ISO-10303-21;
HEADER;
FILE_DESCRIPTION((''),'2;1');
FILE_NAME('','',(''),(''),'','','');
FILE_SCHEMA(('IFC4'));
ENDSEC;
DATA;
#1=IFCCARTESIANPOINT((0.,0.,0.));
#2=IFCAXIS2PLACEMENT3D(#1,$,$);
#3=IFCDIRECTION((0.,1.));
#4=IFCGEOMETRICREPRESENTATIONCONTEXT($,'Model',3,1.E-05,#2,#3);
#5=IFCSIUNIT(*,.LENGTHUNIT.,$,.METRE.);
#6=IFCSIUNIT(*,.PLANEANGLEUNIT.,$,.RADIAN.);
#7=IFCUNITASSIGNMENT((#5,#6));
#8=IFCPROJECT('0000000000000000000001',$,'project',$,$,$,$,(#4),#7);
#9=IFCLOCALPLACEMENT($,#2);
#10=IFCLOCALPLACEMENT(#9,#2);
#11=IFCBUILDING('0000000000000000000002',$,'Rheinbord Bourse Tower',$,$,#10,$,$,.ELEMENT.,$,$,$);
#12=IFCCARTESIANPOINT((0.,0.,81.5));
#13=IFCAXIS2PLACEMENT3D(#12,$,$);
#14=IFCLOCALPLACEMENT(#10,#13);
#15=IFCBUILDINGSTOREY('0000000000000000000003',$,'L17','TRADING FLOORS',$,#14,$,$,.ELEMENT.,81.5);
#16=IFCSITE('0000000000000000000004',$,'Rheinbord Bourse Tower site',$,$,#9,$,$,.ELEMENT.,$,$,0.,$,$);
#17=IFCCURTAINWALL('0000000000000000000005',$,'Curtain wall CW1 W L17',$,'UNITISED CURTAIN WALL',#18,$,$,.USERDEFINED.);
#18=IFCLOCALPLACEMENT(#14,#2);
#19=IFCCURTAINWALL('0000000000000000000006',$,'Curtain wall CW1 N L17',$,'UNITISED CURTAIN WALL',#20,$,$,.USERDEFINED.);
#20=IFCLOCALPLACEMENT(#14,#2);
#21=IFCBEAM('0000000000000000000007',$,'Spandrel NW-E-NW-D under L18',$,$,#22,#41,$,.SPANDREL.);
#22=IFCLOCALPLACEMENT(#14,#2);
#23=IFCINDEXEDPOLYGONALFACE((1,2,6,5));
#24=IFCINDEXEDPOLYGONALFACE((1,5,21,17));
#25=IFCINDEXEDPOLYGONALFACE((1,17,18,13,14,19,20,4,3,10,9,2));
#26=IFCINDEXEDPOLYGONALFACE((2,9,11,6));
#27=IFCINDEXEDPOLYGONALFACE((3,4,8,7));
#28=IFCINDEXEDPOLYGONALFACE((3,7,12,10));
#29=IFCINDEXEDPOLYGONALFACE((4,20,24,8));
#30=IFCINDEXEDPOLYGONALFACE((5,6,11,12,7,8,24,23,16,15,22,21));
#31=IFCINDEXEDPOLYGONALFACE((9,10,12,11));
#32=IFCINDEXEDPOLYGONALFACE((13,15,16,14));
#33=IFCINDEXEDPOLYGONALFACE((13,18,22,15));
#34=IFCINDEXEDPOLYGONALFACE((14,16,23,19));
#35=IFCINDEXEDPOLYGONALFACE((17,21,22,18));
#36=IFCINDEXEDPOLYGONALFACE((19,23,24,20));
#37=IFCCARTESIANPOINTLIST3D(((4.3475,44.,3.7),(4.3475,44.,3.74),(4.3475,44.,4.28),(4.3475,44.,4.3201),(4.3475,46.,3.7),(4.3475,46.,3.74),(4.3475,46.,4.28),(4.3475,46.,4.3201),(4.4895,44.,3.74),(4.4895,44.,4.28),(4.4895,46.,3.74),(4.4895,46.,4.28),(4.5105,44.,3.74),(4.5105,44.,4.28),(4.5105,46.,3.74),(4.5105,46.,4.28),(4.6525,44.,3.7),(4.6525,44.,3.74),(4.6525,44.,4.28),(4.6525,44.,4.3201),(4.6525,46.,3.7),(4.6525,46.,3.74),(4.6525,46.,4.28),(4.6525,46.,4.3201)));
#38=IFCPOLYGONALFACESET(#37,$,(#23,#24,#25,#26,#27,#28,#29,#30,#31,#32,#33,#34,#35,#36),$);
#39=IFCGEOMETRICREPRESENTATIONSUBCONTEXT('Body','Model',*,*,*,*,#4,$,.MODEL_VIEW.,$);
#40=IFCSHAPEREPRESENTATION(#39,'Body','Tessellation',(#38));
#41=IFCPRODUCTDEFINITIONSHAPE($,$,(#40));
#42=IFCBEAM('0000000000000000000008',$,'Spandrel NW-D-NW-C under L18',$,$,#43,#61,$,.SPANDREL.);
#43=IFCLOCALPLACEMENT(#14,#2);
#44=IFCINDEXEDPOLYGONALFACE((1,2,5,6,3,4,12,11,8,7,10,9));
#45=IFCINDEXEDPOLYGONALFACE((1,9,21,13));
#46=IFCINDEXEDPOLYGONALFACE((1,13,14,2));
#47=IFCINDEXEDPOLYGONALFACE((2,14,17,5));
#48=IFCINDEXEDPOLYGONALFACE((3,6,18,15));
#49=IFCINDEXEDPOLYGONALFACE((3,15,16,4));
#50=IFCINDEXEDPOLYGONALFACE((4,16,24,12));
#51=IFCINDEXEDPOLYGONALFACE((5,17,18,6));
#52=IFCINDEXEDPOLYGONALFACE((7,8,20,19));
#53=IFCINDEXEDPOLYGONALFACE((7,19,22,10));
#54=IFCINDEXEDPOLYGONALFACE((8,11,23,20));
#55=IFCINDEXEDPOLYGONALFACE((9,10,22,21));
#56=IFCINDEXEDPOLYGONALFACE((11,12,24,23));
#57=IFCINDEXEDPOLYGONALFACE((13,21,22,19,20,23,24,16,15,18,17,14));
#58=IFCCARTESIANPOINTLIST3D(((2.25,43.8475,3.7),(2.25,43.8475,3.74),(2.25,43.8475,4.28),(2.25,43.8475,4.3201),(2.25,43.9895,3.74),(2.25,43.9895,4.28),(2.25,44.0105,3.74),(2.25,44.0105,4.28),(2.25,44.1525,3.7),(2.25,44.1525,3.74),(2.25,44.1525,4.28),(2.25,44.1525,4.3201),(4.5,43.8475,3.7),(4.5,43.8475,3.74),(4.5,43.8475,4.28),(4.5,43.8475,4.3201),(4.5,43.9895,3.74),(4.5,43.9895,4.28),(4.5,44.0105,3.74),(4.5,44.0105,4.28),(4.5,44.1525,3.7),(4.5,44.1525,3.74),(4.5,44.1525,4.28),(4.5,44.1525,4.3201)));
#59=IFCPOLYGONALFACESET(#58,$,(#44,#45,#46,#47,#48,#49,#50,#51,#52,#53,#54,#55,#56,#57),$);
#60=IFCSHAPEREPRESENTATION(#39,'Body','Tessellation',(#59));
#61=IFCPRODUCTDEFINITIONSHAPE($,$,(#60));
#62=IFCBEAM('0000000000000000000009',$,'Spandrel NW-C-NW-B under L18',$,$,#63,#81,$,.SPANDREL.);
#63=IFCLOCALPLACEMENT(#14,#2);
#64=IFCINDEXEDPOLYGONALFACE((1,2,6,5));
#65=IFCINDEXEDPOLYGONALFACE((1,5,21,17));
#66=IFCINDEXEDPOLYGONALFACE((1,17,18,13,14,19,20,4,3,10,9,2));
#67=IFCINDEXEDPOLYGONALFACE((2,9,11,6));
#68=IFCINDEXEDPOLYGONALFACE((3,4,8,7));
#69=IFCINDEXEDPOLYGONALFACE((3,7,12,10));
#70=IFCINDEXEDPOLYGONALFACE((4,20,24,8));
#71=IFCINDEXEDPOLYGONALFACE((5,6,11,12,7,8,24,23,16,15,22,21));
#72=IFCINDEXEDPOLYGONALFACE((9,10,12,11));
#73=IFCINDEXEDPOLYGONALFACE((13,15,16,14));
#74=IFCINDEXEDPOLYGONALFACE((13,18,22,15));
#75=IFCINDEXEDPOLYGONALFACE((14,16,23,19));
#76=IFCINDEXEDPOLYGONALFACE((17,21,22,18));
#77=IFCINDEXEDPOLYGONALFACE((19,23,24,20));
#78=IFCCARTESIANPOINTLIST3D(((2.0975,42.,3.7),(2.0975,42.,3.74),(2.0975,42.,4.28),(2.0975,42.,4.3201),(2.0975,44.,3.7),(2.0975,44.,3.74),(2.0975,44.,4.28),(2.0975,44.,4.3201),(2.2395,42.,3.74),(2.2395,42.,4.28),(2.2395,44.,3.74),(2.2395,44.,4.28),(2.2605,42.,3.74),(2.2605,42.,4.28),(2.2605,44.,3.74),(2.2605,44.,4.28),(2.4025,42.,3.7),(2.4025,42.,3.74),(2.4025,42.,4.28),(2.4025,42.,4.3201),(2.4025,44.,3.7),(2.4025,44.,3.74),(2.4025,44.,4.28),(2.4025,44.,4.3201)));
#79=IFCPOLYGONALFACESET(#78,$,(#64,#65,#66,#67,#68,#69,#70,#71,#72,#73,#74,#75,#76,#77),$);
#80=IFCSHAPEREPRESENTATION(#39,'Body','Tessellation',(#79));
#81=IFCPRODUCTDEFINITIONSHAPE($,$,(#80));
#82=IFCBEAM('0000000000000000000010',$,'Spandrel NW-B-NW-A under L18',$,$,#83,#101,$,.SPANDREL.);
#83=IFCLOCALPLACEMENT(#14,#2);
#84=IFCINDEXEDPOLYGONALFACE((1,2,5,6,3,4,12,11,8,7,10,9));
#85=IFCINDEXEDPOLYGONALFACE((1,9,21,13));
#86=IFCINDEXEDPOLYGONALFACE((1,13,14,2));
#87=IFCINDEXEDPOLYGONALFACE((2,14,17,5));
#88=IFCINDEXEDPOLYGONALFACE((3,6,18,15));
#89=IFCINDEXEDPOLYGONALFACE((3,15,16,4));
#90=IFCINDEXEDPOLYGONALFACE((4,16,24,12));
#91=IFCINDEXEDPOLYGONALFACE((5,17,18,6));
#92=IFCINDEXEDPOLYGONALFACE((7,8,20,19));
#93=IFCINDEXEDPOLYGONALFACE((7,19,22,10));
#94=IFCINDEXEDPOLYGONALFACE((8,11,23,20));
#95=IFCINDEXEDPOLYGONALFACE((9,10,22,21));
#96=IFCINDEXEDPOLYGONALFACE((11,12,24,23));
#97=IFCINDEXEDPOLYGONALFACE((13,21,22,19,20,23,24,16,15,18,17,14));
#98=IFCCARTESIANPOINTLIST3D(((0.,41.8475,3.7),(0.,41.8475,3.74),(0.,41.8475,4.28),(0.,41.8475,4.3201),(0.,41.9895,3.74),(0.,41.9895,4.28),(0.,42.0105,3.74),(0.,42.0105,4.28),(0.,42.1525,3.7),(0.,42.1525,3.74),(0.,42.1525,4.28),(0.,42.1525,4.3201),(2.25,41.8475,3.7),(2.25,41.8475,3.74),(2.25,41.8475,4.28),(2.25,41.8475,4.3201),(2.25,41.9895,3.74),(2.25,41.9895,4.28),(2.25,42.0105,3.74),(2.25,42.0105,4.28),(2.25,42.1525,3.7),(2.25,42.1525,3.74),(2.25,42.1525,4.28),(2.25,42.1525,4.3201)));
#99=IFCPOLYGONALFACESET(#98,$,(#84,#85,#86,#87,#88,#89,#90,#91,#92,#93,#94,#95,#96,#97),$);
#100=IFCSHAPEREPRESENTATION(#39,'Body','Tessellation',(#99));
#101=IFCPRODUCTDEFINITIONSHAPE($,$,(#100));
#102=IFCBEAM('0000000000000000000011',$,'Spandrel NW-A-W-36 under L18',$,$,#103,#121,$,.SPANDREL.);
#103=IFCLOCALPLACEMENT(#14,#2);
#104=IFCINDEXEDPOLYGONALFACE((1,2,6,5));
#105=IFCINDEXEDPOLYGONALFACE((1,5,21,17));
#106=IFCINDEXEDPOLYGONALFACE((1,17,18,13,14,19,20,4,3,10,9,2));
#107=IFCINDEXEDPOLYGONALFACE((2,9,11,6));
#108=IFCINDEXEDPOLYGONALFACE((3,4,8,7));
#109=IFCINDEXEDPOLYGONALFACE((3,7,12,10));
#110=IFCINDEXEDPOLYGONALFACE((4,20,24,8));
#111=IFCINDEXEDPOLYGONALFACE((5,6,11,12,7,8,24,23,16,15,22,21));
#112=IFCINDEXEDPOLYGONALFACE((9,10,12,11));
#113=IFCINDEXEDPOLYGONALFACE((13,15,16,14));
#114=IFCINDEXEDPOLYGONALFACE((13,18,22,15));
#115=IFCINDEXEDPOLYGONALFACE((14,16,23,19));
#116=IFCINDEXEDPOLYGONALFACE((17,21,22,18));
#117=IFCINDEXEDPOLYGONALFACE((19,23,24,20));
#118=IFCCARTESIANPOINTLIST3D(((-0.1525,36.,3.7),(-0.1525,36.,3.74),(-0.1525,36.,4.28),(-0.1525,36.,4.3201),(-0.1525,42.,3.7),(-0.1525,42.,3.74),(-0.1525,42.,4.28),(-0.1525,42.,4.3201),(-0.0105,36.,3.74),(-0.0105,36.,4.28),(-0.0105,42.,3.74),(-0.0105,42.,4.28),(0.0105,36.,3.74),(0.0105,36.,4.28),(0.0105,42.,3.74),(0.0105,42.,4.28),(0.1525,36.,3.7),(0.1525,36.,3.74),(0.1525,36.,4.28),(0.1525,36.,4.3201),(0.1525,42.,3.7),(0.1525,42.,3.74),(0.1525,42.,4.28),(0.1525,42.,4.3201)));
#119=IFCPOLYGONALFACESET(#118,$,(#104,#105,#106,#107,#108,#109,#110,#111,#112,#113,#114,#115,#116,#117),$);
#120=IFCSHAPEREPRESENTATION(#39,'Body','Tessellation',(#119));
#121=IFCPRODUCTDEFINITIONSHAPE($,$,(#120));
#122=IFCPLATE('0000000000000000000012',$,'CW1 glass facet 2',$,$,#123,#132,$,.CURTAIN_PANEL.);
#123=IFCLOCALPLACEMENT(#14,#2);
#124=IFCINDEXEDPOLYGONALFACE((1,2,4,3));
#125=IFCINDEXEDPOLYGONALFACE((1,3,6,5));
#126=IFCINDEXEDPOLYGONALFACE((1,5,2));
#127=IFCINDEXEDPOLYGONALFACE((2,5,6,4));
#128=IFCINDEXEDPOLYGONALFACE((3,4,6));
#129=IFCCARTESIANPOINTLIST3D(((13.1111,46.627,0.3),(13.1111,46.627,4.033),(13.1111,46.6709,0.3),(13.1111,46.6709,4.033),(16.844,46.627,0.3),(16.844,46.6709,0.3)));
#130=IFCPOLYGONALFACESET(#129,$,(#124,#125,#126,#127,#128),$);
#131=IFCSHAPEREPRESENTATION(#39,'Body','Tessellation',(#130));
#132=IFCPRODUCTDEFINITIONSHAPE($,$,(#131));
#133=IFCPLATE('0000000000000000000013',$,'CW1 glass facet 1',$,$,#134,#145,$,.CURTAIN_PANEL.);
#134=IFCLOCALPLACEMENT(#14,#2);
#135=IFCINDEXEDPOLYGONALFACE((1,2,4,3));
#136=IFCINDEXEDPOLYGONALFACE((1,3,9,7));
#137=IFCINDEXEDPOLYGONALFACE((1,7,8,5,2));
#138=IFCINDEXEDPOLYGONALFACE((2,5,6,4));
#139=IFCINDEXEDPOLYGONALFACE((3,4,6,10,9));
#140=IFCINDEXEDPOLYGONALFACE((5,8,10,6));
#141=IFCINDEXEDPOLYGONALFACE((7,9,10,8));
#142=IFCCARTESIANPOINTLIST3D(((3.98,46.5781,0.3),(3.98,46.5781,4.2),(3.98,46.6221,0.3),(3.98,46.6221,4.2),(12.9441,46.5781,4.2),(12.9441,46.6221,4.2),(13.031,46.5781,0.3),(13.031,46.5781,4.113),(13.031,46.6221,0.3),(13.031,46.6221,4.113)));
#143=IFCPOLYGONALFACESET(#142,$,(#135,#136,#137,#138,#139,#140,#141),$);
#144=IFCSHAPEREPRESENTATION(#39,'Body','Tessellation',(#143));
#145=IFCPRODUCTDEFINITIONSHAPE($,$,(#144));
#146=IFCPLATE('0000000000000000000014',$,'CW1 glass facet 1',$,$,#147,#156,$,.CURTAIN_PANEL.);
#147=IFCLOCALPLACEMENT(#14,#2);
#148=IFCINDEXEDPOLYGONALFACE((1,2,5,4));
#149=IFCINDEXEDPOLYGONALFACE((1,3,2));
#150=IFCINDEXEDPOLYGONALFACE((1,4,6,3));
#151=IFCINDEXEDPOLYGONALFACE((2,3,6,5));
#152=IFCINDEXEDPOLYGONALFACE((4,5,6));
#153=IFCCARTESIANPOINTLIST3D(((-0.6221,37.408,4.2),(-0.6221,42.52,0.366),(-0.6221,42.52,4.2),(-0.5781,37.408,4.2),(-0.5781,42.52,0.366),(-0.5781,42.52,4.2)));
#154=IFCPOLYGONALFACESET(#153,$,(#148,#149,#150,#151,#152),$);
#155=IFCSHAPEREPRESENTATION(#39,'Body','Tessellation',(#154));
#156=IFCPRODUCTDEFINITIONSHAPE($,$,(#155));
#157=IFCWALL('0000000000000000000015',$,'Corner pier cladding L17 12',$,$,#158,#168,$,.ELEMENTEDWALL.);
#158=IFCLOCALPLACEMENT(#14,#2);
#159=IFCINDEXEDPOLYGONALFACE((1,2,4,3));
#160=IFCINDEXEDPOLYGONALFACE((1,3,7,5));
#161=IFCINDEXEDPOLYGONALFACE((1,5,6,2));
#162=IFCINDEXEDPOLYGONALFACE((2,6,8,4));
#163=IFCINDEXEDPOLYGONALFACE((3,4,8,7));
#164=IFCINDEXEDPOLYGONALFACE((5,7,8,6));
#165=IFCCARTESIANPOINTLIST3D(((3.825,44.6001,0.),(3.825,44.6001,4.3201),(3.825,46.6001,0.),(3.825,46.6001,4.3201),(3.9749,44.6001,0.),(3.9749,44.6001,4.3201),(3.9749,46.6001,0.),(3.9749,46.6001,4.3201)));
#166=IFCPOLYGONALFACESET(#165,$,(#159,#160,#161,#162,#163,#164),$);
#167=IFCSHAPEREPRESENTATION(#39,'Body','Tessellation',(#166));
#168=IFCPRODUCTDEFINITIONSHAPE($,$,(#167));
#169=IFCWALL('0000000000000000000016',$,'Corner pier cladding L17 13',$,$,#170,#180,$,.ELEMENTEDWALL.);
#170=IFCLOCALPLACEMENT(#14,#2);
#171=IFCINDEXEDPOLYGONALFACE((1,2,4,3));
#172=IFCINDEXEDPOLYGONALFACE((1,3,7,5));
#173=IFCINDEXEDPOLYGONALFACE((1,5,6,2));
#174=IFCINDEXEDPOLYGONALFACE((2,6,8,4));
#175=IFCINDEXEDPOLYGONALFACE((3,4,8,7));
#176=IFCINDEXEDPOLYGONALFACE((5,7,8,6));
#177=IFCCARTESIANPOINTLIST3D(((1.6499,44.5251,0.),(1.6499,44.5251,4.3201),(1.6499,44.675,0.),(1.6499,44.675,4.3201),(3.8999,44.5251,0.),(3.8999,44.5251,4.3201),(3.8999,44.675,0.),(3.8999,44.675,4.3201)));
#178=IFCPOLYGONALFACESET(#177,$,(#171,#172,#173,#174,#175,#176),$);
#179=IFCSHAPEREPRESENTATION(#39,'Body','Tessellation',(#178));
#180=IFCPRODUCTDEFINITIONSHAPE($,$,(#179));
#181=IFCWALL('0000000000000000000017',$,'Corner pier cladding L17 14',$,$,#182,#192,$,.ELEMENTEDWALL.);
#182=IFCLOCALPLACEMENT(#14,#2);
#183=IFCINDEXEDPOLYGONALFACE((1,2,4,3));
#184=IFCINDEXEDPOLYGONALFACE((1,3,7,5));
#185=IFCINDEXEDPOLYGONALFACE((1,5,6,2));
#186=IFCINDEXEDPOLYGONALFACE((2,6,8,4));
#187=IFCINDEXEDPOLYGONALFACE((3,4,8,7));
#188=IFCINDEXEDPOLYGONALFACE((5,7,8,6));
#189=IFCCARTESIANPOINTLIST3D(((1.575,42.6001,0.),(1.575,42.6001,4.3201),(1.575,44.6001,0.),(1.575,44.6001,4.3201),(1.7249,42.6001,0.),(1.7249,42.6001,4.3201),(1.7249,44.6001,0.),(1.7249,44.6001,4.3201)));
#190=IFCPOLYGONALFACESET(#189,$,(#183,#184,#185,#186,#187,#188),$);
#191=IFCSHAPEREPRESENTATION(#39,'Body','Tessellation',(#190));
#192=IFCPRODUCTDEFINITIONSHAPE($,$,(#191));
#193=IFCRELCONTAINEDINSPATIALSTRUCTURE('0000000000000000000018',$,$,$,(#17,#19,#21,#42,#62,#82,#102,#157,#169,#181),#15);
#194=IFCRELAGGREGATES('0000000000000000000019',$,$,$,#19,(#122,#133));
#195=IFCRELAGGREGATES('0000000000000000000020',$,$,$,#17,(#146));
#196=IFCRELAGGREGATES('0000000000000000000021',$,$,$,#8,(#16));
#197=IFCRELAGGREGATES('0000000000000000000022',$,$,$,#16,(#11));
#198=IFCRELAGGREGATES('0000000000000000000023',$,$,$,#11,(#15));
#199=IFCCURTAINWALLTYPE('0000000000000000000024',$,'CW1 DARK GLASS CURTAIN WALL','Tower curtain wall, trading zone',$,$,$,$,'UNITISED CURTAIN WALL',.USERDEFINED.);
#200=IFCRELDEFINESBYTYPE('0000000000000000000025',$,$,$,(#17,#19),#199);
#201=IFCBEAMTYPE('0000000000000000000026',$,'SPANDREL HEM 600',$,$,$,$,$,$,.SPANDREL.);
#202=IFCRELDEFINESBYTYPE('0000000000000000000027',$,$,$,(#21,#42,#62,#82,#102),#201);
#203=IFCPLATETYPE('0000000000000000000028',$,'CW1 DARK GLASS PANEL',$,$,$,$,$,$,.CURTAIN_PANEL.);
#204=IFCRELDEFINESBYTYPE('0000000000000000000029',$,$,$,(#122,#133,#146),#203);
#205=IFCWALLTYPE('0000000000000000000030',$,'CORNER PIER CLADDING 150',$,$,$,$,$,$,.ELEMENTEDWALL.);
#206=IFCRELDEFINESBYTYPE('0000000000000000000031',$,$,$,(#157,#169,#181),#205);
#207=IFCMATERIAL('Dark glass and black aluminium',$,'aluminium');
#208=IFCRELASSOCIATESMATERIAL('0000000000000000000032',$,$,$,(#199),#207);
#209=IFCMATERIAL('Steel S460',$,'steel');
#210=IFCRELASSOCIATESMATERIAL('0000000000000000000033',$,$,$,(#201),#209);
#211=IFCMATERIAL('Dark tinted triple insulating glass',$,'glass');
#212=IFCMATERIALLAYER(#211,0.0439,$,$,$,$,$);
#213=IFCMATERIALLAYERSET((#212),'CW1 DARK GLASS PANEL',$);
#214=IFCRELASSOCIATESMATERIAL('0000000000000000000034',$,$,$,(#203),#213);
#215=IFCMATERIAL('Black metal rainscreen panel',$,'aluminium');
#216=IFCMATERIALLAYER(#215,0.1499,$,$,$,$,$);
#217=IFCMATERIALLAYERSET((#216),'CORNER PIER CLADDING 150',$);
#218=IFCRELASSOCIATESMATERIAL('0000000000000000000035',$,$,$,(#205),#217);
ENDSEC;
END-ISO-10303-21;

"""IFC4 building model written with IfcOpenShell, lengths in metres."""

from ifc_helpers import new_model, si_unit, direction, frame, frame_2d, origin, origin_2d, place, context, subcontext, project, spatial, polyline, rectangle, i_section, outline, extrude, material, layer, layer_set, material_profile, profile_set, type_object, element, aggregate, save


model = new_model("IFC4")

# Units and contexts
model_context = context("Model", 3, precision=1e-05, world=origin(), true_north=direction((0.0, 1.0)))
body_context = subcontext(model_context, "Body", "Model", "MODEL_VIEW")
ifc_project = project(units=[si_unit("LENGTHUNIT", "METRE"), si_unit("PLANEANGLEUNIT", "RADIAN")], contexts=[model_context])

# Site, building, storey
site_placement = place(None, origin())
site = spatial("IfcSite", under=ifc_project, at=site_placement, Name="Rheinbord Bourse Tower site", CompositionType="ELEMENT", RefElevation=0.0)
building_placement = place(site_placement, origin())
building = spatial("IfcBuilding", under=site, at=building_placement, Name="Rheinbord Bourse Tower", CompositionType="ELEMENT")
storey_placement = place(building_placement, frame((0.0, 0.0, 81.5)))
storey = spatial("IfcBuildingStorey", under=building, at=storey_placement, Name="L17", Description="TRADING FLOORS", CompositionType="ELEMENT", Elevation=81.5)

# Curtain wall
ifc_material_1 = material(Name="Dark glass and black aluminium", Category="aluminium")
curtain_wall_type = type_object("IfcCurtainWallType", Name="CW1 DARK GLASS CURTAIN WALL", Description="Tower curtain wall, trading zone", ElementType="UNITISED CURTAIN WALL", PredefinedType="USERDEFINED", material=ifc_material_1)
curtain_wall_1_placement = place(storey_placement, origin())
curtain_wall_1 = element("IfcCurtainWall", 1, at=curtain_wall_1_placement, inside=storey, type_object=curtain_wall_type, Name="Curtain wall CW1 W L17", ObjectType="UNITISED CURTAIN WALL", PredefinedType="USERDEFINED")

# Curtain wall
curtain_wall_2_placement = place(storey_placement, origin())
curtain_wall_2 = element("IfcCurtainWall", 2, at=curtain_wall_2_placement, inside=storey, type_object=curtain_wall_type, Name="Curtain wall CW1 N L17", ObjectType="UNITISED CURTAIN WALL", PredefinedType="USERDEFINED")

# Beams
ifc_material_2 = material(Name="Steel S460", Category="steel")
ifc_material_profile_1 = material_profile(ifc_material_2, i_section(OverallWidth=0.3049, OverallDepth=0.6201, WebThickness=0.021, FlangeThickness=0.04, at=origin_2d()), Name="HEM 600")
ifc_profile_set_1 = profile_set([ifc_material_profile_1], Name="Steel S460")
beam_type_1 = type_object("IfcBeamType", Name="SPANDREL HEM 600", PredefinedType="SPANDREL", material=ifc_profile_set_1)
beam_1_placement = place(storey_placement, frame((4.5, 46.0, 4.01), z_axis=(0.0, -1.0, 0.0), x_axis=(1.0, 0.0, 0.0)))
element("IfcBeam", 3, at=beam_1_placement, inside=storey, type_object=beam_type_1, Name="Spandrel NW-E-NW-D under L18", PredefinedType="SPANDREL", context=body_context, shape_type="SweptSolid", body=[
    extrude(i_section(OverallWidth=0.3049, OverallDepth=0.6201, WebThickness=0.021, FlangeThickness=0.04, at=origin_2d()), origin(), (0.0, 0.0, 1.0), 2.0),
])
beam_2_placement = place(storey_placement, frame((4.5, 44.0, 4.01), z_axis=(-1.0, 0.0, 0.0), x_axis=(0.0, -1.0, 0.0)))
element("IfcBeam", 4, at=beam_2_placement, inside=storey, type_object=beam_type_1, Name="Spandrel NW-D-NW-C under L18", PredefinedType="SPANDREL", context=body_context, shape_type="SweptSolid", body=[
    extrude(i_section(OverallWidth=0.3049, OverallDepth=0.6201, WebThickness=0.021, FlangeThickness=0.04, at=origin_2d()), origin(), (0.0, 0.0, 1.0), 2.25),
])
beam_3_placement = place(storey_placement, frame((2.25, 44.0, 4.01), z_axis=(0.0, -1.0, 0.0), x_axis=(1.0, 0.0, 0.0)))
element("IfcBeam", 5, at=beam_3_placement, inside=storey, type_object=beam_type_1, Name="Spandrel NW-C-NW-B under L18", PredefinedType="SPANDREL", context=body_context, shape_type="SweptSolid", body=[
    extrude(i_section(OverallWidth=0.3049, OverallDepth=0.6201, WebThickness=0.021, FlangeThickness=0.04, at=origin_2d()), origin(), (0.0, 0.0, 1.0), 2.0),
])
beam_4_placement = place(storey_placement, frame((2.25, 42.0, 4.01), z_axis=(-1.0, 0.0, 0.0), x_axis=(0.0, -1.0, 0.0)))
element("IfcBeam", 6, at=beam_4_placement, inside=storey, type_object=beam_type_1, Name="Spandrel NW-B-NW-A under L18", PredefinedType="SPANDREL", context=body_context, shape_type="SweptSolid", body=[
    extrude(i_section(OverallWidth=0.3049, OverallDepth=0.6201, WebThickness=0.021, FlangeThickness=0.04, at=origin_2d()), origin(), (0.0, 0.0, 1.0), 2.25),
])
beam_5_placement = place(storey_placement, frame((0.0, 42.0, 4.01), z_axis=(0.0, -1.0, 0.0), x_axis=(1.0, 0.0, 0.0)))
element("IfcBeam", 7, at=beam_5_placement, inside=storey, type_object=beam_type_1, Name="Spandrel NW-A-W-36 under L18", PredefinedType="SPANDREL", context=body_context, shape_type="SweptSolid", body=[
    extrude(i_section(OverallWidth=0.3049, OverallDepth=0.6201, WebThickness=0.021, FlangeThickness=0.04, at=origin_2d()), origin(), (0.0, 0.0, 1.0), 6.0),
])

# Plates
ifc_material_3 = material(Name="Dark tinted triple insulating glass", Category="glass")
ifc_layer_1 = layer(ifc_material_3, 0.0439)
ifc_layer_set_1 = layer_set([ifc_layer_1], Name="CW1 DARK GLASS PANEL")
plate_type = type_object("IfcPlateType", Name="CW1 DARK GLASS PANEL", PredefinedType="CURTAIN_PANEL", material=ifc_layer_set_1)
plate_1_placement = place(storey_placement, frame((13.1111, 46.6709, 0.3), z_axis=(0.0, -1.0, 0.0), x_axis=(1.0, 0.0, 0.0)))
plate_1 = element("IfcPlate", 8, at=plate_1_placement, type_object=plate_type, Name="CW1 glass facet 2", PredefinedType="CURTAIN_PANEL", context=body_context, shape_type="SweptSolid", body=[
    extrude(outline(polyline([(0.0, 0.0), (3.7329, 0.0), (0.0, 3.7329), (0.0, 0.0)])), origin(), (0.0, 0.0, 1.0), 0.0439),
])
plate_2_placement = place(storey_placement, frame((3.98, 46.6221, 4.2), z_axis=(0.0, -1.0, 0.0), x_axis=(0.0, 0.0, -1.0)))
plate_2 = element("IfcPlate", 9, at=plate_2_placement, type_object=plate_type, Name="CW1 glass facet 1", PredefinedType="CURTAIN_PANEL", context=body_context, shape_type="SweptSolid", body=[
    extrude(outline(polyline([(0.0, 0.0), (3.8999, 0.0), (3.8999, 9.051), (0.0869, 9.051), (0.0, 8.9641), (0.0, 0.0)])), origin(), (0.0, 0.0, 1.0), 0.0439),
])
aggregate(curtain_wall_2, [plate_1, plate_2])
plate_3_placement = place(storey_placement, frame((-0.6221, 42.52, 4.2), z_axis=(1.0, 0.0, 0.0), x_axis=(0.0, -1.0, 0.0)))
plate_3 = element("IfcPlate", 10, at=plate_3_placement, type_object=plate_type, Name="CW1 glass facet 1", PredefinedType="CURTAIN_PANEL", context=body_context, shape_type="SweptSolid", body=[
    extrude(outline(polyline([(0.0, 0.0), (5.1121, 0.0), (0.0, 3.834), (0.0, 0.0)])), origin(), (0.0, 0.0, 1.0), 0.0439),
])
aggregate(curtain_wall_1, [plate_3])

# Walls
ifc_material_4 = material(Name="Black metal rainscreen panel", Category="aluminium")
ifc_layer_2 = layer(ifc_material_4, 0.1499)
ifc_layer_set_2 = layer_set([ifc_layer_2], Name="CORNER PIER CLADDING 150")
wall_type = type_object("IfcWallType", Name="CORNER PIER CLADDING 150", PredefinedType="ELEMENTEDWALL", material=ifc_layer_set_2)
wall_1_placement = place(storey_placement, frame((3.8999, 46.6001, 0.0), z_axis=(0.0, 0.0, 1.0), x_axis=(0.0, -1.0, 0.0)))
element("IfcWall", 11, at=wall_1_placement, inside=storey, type_object=wall_type, Name="Corner pier cladding L17 12", PredefinedType="ELEMENTEDWALL", context=body_context, shape_type="SweptSolid", body=[
    extrude(rectangle(XDim=2.0, YDim=0.1499, at=frame_2d((1.0, 0.0))), origin(), (0.0, 0.0, 1.0), 4.3201),
])
wall_2_placement = place(storey_placement, frame((3.8999, 44.6001, 0.0), z_axis=(0.0, 0.0, 1.0), x_axis=(-1.0, 0.0, 0.0)))
element("IfcWall", 12, at=wall_2_placement, inside=storey, type_object=wall_type, Name="Corner pier cladding L17 13", PredefinedType="ELEMENTEDWALL", context=body_context, shape_type="SweptSolid", body=[
    extrude(rectangle(XDim=2.25, YDim=0.1499, at=frame_2d((1.125, 0.0))), origin(), (0.0, 0.0, 1.0), 4.3201),
])
wall_3_placement = place(storey_placement, frame((1.6499, 44.6001, 0.0), z_axis=(0.0, 0.0, 1.0), x_axis=(0.0, -1.0, 0.0)))
element("IfcWall", 13, at=wall_3_placement, inside=storey, type_object=wall_type, Name="Corner pier cladding L17 14", PredefinedType="ELEMENTEDWALL", context=body_context, shape_type="SweptSolid", body=[
    extrude(rectangle(XDim=2.0, YDim=0.1499, at=frame_2d((1.0, 0.0))), origin(), (0.0, 0.0, 1.0), 4.3201),
])

save(model, "model.ifc")
